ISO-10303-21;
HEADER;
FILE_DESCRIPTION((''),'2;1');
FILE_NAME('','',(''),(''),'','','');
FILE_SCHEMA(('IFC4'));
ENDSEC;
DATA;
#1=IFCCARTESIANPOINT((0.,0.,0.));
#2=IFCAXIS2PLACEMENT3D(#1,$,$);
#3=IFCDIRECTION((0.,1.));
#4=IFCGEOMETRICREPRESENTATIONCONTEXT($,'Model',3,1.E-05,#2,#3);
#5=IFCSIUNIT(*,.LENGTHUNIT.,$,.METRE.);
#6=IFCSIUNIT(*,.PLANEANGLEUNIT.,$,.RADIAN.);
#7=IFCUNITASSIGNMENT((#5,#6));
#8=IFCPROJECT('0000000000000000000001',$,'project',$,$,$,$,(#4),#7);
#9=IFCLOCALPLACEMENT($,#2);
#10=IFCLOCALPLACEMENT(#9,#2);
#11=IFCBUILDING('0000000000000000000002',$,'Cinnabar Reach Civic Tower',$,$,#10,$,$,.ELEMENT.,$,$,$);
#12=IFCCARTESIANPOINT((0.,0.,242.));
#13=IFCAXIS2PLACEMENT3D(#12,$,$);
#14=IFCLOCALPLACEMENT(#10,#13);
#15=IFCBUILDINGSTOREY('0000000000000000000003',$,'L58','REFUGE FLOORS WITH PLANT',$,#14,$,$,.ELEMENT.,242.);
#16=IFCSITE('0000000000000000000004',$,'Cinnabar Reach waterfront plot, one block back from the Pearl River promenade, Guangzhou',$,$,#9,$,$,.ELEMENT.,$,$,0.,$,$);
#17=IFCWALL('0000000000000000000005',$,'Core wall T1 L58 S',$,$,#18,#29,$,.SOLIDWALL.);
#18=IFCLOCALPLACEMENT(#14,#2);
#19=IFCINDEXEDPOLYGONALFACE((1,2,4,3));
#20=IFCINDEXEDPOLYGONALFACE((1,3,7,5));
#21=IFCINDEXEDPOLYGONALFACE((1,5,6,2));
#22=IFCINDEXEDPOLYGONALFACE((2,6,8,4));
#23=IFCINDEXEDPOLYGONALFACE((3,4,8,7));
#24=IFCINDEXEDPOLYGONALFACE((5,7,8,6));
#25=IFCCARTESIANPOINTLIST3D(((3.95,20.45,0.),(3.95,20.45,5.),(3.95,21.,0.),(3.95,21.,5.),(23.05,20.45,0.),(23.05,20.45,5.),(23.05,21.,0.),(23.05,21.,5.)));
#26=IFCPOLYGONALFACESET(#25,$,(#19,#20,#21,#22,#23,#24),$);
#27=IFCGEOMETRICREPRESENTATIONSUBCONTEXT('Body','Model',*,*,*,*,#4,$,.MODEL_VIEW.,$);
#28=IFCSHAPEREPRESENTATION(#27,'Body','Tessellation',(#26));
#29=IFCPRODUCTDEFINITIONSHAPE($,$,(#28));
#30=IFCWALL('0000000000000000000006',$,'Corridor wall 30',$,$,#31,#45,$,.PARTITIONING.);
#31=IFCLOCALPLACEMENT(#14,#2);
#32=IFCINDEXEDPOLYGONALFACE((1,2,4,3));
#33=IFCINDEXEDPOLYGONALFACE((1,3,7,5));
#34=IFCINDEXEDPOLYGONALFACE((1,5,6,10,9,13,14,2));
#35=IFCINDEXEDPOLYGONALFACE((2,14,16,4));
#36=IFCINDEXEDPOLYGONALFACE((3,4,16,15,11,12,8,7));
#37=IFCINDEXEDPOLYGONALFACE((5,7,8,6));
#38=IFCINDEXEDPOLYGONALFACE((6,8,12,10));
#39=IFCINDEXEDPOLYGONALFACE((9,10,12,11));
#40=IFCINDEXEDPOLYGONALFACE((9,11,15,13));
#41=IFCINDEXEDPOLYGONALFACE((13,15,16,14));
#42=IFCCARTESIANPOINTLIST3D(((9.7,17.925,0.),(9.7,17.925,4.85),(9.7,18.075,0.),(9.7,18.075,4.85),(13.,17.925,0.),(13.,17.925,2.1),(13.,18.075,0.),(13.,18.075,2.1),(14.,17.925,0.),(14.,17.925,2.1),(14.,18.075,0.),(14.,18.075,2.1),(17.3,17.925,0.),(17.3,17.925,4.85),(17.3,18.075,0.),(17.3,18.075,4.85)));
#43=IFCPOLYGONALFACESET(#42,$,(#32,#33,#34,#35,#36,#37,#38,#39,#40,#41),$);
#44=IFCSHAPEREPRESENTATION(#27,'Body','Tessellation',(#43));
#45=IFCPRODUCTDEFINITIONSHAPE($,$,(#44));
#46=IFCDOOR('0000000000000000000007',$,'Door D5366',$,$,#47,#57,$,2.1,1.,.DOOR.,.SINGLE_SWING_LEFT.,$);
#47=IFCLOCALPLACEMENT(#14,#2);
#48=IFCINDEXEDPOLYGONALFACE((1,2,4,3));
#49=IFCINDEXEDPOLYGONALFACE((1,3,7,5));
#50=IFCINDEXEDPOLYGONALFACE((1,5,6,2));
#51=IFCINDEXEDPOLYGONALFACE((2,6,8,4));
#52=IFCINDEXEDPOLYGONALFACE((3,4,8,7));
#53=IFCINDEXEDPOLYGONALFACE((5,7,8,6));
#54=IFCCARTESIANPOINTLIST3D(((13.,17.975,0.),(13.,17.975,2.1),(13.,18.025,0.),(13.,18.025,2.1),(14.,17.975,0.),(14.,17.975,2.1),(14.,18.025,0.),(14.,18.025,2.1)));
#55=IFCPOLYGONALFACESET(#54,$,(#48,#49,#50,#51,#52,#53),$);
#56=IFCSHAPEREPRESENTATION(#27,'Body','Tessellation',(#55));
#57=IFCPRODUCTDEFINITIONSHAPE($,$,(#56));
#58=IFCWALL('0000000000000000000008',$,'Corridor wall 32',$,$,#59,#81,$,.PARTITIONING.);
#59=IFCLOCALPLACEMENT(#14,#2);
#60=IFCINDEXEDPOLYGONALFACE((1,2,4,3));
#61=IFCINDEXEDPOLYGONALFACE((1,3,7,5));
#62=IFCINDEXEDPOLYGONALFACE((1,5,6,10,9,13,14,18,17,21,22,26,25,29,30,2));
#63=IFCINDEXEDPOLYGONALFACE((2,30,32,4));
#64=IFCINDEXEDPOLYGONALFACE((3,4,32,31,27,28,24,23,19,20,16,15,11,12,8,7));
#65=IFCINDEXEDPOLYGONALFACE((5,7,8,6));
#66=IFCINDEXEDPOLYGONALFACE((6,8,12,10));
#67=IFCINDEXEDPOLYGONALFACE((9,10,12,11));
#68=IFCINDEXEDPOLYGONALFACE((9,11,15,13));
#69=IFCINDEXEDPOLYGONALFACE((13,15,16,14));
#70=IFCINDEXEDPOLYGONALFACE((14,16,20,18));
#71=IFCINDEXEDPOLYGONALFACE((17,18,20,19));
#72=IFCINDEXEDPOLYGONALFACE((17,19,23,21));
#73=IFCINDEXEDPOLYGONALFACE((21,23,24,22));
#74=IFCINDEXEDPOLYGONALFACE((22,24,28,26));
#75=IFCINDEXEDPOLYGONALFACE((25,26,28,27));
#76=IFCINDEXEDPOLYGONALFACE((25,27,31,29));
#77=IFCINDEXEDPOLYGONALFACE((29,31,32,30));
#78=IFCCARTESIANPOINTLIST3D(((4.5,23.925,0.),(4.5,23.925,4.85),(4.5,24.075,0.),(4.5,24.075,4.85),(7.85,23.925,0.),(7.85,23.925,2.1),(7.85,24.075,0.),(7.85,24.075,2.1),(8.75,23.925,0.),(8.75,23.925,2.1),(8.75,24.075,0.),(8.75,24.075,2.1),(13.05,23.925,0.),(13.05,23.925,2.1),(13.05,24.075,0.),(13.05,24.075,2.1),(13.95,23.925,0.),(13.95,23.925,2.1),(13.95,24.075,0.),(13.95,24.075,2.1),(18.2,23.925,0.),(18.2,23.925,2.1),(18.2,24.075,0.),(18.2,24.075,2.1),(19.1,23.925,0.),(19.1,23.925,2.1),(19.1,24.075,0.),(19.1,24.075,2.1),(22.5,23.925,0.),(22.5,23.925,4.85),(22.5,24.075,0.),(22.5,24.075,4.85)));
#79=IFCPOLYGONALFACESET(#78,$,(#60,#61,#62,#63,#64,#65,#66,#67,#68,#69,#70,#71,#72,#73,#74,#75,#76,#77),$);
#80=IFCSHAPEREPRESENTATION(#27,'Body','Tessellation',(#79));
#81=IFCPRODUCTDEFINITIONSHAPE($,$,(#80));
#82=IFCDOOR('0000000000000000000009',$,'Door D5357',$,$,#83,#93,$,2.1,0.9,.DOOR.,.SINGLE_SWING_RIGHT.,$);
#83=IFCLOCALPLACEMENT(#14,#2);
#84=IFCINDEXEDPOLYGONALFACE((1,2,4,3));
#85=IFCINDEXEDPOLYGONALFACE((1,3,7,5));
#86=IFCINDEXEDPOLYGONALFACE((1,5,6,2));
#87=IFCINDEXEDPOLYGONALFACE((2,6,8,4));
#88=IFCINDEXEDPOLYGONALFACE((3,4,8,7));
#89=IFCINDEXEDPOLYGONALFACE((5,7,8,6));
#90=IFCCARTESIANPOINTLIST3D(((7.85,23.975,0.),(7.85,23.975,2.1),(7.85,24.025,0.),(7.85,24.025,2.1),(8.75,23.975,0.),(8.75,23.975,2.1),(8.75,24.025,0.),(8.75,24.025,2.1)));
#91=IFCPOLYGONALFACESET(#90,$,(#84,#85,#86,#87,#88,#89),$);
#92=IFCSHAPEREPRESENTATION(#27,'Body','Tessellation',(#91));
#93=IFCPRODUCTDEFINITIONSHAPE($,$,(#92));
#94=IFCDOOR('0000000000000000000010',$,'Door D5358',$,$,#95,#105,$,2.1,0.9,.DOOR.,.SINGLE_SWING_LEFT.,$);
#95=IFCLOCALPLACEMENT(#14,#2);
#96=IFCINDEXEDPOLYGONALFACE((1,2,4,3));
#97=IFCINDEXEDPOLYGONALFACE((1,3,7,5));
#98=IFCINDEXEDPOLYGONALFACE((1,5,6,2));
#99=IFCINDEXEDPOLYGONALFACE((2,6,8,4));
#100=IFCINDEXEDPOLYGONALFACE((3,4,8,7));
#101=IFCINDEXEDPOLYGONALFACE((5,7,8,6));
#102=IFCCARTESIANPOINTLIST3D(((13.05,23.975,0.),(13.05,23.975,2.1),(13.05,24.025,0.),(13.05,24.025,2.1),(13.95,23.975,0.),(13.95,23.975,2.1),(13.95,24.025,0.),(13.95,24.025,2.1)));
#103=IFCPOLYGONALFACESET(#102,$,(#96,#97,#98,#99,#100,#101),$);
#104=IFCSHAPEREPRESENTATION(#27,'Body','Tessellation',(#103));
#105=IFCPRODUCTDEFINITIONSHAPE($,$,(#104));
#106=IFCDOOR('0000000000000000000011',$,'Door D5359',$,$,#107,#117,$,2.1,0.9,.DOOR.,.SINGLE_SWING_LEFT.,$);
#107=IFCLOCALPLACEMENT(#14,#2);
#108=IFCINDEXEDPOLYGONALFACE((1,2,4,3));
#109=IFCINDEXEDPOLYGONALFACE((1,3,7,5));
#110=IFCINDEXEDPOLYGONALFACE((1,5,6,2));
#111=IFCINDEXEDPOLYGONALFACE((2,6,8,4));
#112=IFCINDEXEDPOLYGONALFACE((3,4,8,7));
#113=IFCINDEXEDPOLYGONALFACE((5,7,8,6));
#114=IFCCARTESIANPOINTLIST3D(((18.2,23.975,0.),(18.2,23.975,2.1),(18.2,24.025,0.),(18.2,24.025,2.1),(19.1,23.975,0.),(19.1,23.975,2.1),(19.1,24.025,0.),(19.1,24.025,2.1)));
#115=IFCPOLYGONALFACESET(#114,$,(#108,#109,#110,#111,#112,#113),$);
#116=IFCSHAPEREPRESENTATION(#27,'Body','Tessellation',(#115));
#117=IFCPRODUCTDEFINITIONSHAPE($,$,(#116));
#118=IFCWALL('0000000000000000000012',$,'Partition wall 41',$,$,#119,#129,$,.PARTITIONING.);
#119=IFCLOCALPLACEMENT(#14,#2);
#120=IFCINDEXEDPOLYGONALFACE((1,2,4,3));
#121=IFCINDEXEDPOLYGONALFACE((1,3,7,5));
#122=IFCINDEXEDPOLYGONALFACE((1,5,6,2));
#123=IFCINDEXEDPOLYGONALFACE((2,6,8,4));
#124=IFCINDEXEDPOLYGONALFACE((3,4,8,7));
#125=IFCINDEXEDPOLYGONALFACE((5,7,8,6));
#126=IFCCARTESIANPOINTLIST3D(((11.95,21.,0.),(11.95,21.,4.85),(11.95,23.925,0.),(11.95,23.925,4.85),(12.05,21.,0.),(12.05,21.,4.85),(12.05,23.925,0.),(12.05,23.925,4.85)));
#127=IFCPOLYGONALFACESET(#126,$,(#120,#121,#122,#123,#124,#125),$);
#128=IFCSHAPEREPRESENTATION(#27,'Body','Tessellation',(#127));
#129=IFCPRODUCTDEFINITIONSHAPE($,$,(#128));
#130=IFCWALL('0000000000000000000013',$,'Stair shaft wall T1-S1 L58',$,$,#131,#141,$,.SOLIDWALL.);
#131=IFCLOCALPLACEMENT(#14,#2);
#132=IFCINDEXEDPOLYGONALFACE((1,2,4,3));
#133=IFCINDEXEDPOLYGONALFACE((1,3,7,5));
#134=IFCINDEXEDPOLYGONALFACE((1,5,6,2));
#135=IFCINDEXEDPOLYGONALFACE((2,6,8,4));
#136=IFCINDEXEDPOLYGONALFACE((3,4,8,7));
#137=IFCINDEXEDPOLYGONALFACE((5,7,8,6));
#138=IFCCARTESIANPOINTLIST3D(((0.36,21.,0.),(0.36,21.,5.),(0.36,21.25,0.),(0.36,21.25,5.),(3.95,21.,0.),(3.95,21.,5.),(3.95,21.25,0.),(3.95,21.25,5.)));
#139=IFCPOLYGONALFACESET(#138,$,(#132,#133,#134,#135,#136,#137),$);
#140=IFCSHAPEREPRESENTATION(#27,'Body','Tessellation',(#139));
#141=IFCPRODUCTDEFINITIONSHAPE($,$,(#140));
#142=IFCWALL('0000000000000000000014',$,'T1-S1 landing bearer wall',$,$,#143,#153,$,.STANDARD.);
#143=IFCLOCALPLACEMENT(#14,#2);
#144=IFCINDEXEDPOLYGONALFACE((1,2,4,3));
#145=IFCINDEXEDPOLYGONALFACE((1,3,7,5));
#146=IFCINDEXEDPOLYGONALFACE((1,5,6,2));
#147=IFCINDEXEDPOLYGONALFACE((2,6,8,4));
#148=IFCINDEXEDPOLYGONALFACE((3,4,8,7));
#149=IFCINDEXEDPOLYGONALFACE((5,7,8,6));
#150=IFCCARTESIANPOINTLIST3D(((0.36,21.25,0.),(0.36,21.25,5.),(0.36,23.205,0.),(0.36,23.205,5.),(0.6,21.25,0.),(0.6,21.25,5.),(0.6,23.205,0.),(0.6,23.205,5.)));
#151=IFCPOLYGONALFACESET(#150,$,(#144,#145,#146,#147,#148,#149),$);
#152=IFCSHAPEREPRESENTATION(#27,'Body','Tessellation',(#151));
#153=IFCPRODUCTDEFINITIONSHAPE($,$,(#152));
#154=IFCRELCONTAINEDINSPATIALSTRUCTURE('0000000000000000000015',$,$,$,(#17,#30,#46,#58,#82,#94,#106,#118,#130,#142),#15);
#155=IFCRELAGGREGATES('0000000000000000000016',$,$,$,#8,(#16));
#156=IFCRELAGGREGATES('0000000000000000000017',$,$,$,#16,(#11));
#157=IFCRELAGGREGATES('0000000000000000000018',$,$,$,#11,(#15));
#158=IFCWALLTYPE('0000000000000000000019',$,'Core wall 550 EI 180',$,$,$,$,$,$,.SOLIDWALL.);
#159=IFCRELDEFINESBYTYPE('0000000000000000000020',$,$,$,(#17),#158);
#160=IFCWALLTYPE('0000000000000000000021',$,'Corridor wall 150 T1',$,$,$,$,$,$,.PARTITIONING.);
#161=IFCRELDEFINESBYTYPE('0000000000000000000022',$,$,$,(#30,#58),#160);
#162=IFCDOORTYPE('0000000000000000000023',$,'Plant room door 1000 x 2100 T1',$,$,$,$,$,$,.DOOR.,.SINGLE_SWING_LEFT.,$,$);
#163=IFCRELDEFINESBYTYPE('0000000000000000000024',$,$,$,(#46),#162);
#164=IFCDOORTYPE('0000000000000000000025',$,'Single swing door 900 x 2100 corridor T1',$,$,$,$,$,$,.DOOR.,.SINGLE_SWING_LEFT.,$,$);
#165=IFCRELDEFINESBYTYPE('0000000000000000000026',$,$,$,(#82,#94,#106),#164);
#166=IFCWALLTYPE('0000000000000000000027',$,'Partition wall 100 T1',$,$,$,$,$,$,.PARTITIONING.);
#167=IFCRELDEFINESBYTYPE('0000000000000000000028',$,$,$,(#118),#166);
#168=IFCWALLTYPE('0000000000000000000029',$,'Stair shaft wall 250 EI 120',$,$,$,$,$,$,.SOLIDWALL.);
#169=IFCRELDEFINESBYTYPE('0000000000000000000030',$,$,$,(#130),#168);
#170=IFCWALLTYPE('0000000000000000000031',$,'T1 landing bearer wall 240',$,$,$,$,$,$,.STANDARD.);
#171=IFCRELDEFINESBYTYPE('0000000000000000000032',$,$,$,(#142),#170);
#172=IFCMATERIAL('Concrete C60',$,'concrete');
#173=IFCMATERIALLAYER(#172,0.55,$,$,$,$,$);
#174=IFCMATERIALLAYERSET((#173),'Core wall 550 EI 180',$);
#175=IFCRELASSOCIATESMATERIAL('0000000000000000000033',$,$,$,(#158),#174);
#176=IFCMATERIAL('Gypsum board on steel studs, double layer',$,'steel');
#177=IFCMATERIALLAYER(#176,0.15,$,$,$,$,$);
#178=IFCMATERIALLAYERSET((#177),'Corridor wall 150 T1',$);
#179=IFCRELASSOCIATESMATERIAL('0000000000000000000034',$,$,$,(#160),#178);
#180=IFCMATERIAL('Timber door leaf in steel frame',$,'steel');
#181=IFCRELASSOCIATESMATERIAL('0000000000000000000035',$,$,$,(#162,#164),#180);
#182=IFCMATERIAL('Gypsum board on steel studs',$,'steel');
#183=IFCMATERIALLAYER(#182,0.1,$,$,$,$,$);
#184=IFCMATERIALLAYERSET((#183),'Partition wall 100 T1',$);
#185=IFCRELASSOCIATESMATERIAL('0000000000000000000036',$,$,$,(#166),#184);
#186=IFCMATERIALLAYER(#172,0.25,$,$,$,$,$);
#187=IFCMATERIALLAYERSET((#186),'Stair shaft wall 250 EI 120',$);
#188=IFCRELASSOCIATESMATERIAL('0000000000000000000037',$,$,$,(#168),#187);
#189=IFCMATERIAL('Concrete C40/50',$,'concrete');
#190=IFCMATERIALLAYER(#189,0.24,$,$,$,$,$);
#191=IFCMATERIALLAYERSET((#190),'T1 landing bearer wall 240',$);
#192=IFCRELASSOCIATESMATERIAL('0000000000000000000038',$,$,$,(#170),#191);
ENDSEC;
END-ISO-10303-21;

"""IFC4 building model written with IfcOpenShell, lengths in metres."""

from ifc_helpers import new_model, si_unit, direction, frame, frame_2d, origin, place, context, subcontext, project, spatial, rectangle, extrude, material, layer, layer_set, type_object, element, fill, save


model = new_model("IFC4")

# Units and contexts
model_context = context("Model", 3, precision=1e-05, world=origin(), true_north=direction((0.0, 1.0)))
body_context = subcontext(model_context, "Body", "Model", "MODEL_VIEW")
ifc_project = project(units=[si_unit("LENGTHUNIT", "METRE"), si_unit("PLANEANGLEUNIT", "RADIAN")], contexts=[model_context])

# Site, building, storey
site_placement = place(None, origin())
site = spatial("IfcSite", under=ifc_project, at=site_placement, Name="Cinnabar Reach waterfront plot, one block back from the Pearl River promenade, Guangzhou", CompositionType="ELEMENT", RefElevation=0.0)
building_placement = place(site_placement, origin())
building = spatial("IfcBuilding", under=site, at=building_placement, Name="Cinnabar Reach Civic Tower", CompositionType="ELEMENT")
storey_placement = place(building_placement, frame((0.0, 0.0, 242.0)))
storey = spatial("IfcBuildingStorey", under=building, at=storey_placement, Name="L58", Description="REFUGE FLOORS WITH PLANT", CompositionType="ELEMENT", Elevation=242.0)

# Wall
ifc_material_1 = material(Name="Concrete C60", Category="concrete")
ifc_layer_1 = layer(ifc_material_1, 0.55)
ifc_layer_set_1 = layer_set([ifc_layer_1], Name="Core wall 550 EI 180")
wall_type_1 = type_object("IfcWallType", Name="Core wall 550 EI 180", PredefinedType="SOLIDWALL", material=ifc_layer_set_1)
wall_1_placement = place(storey_placement, frame((3.95, 20.725, 0.0), z_axis=(0.0, 0.0, 1.0), x_axis=(1.0, 0.0, 0.0)))
element("IfcWall", 1, at=wall_1_placement, inside=storey, type_object=wall_type_1, Name="Core wall T1 L58 S", PredefinedType="SOLIDWALL", context=body_context, shape_type="SweptSolid", body=[
    extrude(rectangle(XDim=19.1, YDim=0.55, at=frame_2d((9.55, 0.0))), origin(), (0.0, 0.0, 1.0), 5.0),
])

# Wall, opening, door
ifc_material_2 = material(Name="Gypsum board on steel studs, double layer", Category="steel")
ifc_layer_2 = layer(ifc_material_2, 0.15)
ifc_layer_set_2 = layer_set([ifc_layer_2], Name="Corridor wall 150 T1")
wall_type_2 = type_object("IfcWallType", Name="Corridor wall 150 T1", PredefinedType="PARTITIONING", material=ifc_layer_set_2)
wall_2_placement = place(storey_placement, frame((9.7, 18.0, 0.0), z_axis=(0.0, 0.0, 1.0), x_axis=(1.0, 0.0, 0.0)))
wall_2 = element("IfcWall", 2, at=wall_2_placement, inside=storey, type_object=wall_type_2, Name="Corridor wall 30", PredefinedType="PARTITIONING", context=body_context, shape_type="SweptSolid", body=[
    extrude(rectangle(XDim=7.6, YDim=0.15, at=frame_2d((3.8, 0.0))), origin(), (0.0, 0.0, 1.0), 4.85),
])
opening_1_placement = place(wall_2_placement, frame((3.3, 0.0, 0.0)))
opening_1 = element("IfcOpeningElement", 3, at=opening_1_placement, cuts=wall_2, PredefinedType="OPENING", context=body_context, shape_type="SweptSolid", body=[
    extrude(rectangle(XDim=1.0, YDim=2.1, at=frame_2d((0.5, 1.05))), frame((0.0, 0.085, 0.0), z_axis=(0.0, -1.0, 0.0), x_axis=(1.0, 0.0, 0.0)), (0.0, 0.0, 1.0), 0.17),
])
ifc_material_3 = material(Name="Timber door leaf in steel frame", Category="steel")
door_type_1 = type_object("IfcDoorType", Name="Plant room door 1000 x 2100 T1", OperationType="SINGLE_SWING_LEFT", PredefinedType="DOOR", material=ifc_material_3)
door_1_placement = place(opening_1_placement, frame((1.0, 0.0, 0.0), z_axis=(0.0, 0.0, 1.0), x_axis=(-1.0, 0.0, 0.0)))
door_1 = element("IfcDoor", 4, at=door_1_placement, inside=storey, type_object=door_type_1, Name="Door D5366", OperationType="SINGLE_SWING_LEFT", OverallHeight=2.1, OverallWidth=1.0, PredefinedType="DOOR", context=body_context, shape_type="SweptSolid", body=[
    extrude(rectangle(XDim=1.0, YDim=2.1, at=frame_2d((0.5, 1.05))), frame((0.0, 0.025, 0.0), z_axis=(0.0, -1.0, 0.0), x_axis=(1.0, 0.0, 0.0)), (0.0, 0.0, 1.0), 0.05),
])
fill(opening_1, door_1)

# Wall, openings, doors
wall_3_placement = place(storey_placement, frame((4.5, 24.0, 0.0), z_axis=(0.0, 0.0, 1.0), x_axis=(1.0, 0.0, 0.0)))
wall_3 = element("IfcWall", 5, at=wall_3_placement, inside=storey, type_object=wall_type_2, Name="Corridor wall 32", PredefinedType="PARTITIONING", context=body_context, shape_type="SweptSolid", body=[
    extrude(rectangle(XDim=18.0, YDim=0.15, at=frame_2d((9.0, 0.0))), origin(), (0.0, 0.0, 1.0), 4.85),
])
opening_2_placement = place(wall_3_placement, frame((3.35, 0.0, 0.0)))
opening_2 = element("IfcOpeningElement", 6, at=opening_2_placement, cuts=wall_3, PredefinedType="OPENING", context=body_context, shape_type="SweptSolid", body=[
    extrude(rectangle(XDim=0.9, YDim=2.1, at=frame_2d((0.45, 1.05))), frame((0.0, 0.085, 0.0), z_axis=(0.0, -1.0, 0.0), x_axis=(1.0, 0.0, 0.0)), (0.0, 0.0, 1.0), 0.17),
])
opening_3_placement = place(wall_3_placement, frame((8.55, 0.0, 0.0)))
opening_3 = element("IfcOpeningElement", 7, at=opening_3_placement, cuts=wall_3, PredefinedType="OPENING", context=body_context, shape_type="SweptSolid", body=[
    extrude(rectangle(XDim=0.9, YDim=2.1, at=frame_2d((0.45, 1.05))), frame((0.0, 0.085, 0.0), z_axis=(0.0, -1.0, 0.0), x_axis=(1.0, 0.0, 0.0)), (0.0, 0.0, 1.0), 0.17),
])
opening_4_placement = place(wall_3_placement, frame((13.7, 0.0, 0.0)))
opening_4 = element("IfcOpeningElement", 8, at=opening_4_placement, cuts=wall_3, PredefinedType="OPENING", context=body_context, shape_type="SweptSolid", body=[
    extrude(rectangle(XDim=0.9, YDim=2.1, at=frame_2d((0.45, 1.05))), frame((0.0, 0.085, 0.0), z_axis=(0.0, -1.0, 0.0), x_axis=(1.0, 0.0, 0.0)), (0.0, 0.0, 1.0), 0.17),
])
door_type_2 = type_object("IfcDoorType", Name="Single swing door 900 x 2100 corridor T1", OperationType="SINGLE_SWING_LEFT", PredefinedType="DOOR", material=ifc_material_3)
door_2_placement = place(opening_2_placement, frame((0.9, 0.0, 0.0), z_axis=(0.0, 0.0, 1.0), x_axis=(-1.0, 0.0, 0.0)))
door_2 = element("IfcDoor", 9, at=door_2_placement, inside=storey, type_object=door_type_2, Name="Door D5357", OperationType="SINGLE_SWING_RIGHT", OverallHeight=2.1, OverallWidth=0.9, PredefinedType="DOOR", context=body_context, shape_type="SweptSolid", body=[
    extrude(rectangle(XDim=0.9, YDim=2.1, at=frame_2d((0.45, 1.05))), frame((0.0, 0.025, 0.0), z_axis=(0.0, -1.0, 0.0), x_axis=(1.0, 0.0, 0.0)), (0.0, 0.0, 1.0), 0.05),
])
fill(opening_2, door_2)
door_3_placement = place(opening_3_placement, frame((0.9, 0.0, 0.0), z_axis=(0.0, 0.0, 1.0), x_axis=(-1.0, 0.0, 0.0)))
door_3 = element("IfcDoor", 10, at=door_3_placement, inside=storey, type_object=door_type_2, Name="Door D5358", OperationType="SINGLE_SWING_LEFT", OverallHeight=2.1, OverallWidth=0.9, PredefinedType="DOOR", context=body_context, shape_type="SweptSolid", body=[
    extrude(rectangle(XDim=0.9, YDim=2.1, at=frame_2d((0.45, 1.05))), frame((0.0, 0.025, 0.0), z_axis=(0.0, -1.0, 0.0), x_axis=(1.0, 0.0, 0.0)), (0.0, 0.0, 1.0), 0.05),
])
fill(opening_3, door_3)
door_4_placement = place(opening_4_placement, frame((0.9, 0.0, 0.0), z_axis=(0.0, 0.0, 1.0), x_axis=(-1.0, 0.0, 0.0)))
door_4 = element("IfcDoor", 11, at=door_4_placement, inside=storey, type_object=door_type_2, Name="Door D5359", OperationType="SINGLE_SWING_LEFT", OverallHeight=2.1, OverallWidth=0.9, PredefinedType="DOOR", context=body_context, shape_type="SweptSolid", body=[
    extrude(rectangle(XDim=0.9, YDim=2.1, at=frame_2d((0.45, 1.05))), frame((0.0, 0.025, 0.0), z_axis=(0.0, -1.0, 0.0), x_axis=(1.0, 0.0, 0.0)), (0.0, 0.0, 1.0), 0.05),
])
fill(opening_4, door_4)

# Walls
ifc_material_4 = material(Name="Gypsum board on steel studs", Category="steel")
ifc_layer_3 = layer(ifc_material_4, 0.1)
ifc_layer_set_3 = layer_set([ifc_layer_3], Name="Partition wall 100 T1")
wall_type_3 = type_object("IfcWallType", Name="Partition wall 100 T1", PredefinedType="PARTITIONING", material=ifc_layer_set_3)
wall_4_placement = place(storey_placement, frame((12.0, 21.0, 0.0), z_axis=(0.0, 0.0, 1.0), x_axis=(0.0, 1.0, 0.0)))
element("IfcWall", 12, at=wall_4_placement, inside=storey, type_object=wall_type_3, Name="Partition wall 41", PredefinedType="PARTITIONING", context=body_context, shape_type="SweptSolid", body=[
    extrude(rectangle(XDim=2.925, YDim=0.1, at=frame_2d((1.4625, 0.0))), origin(), (0.0, 0.0, 1.0), 4.85),
])
ifc_layer_4 = layer(ifc_material_1, 0.25)
ifc_layer_set_4 = layer_set([ifc_layer_4], Name="Stair shaft wall 250 EI 120")
wall_type_4 = type_object("IfcWallType", Name="Stair shaft wall 250 EI 120", PredefinedType="SOLIDWALL", material=ifc_layer_set_4)
wall_5_placement = place(storey_placement, frame((0.36, 21.125, 0.0), z_axis=(0.0, 0.0, 1.0), x_axis=(1.0, 0.0, 0.0)))
element("IfcWall", 13, at=wall_5_placement, inside=storey, type_object=wall_type_4, Name="Stair shaft wall T1-S1 L58", PredefinedType="SOLIDWALL", context=body_context, shape_type="SweptSolid", body=[
    extrude(rectangle(XDim=3.59, YDim=0.25, at=frame_2d((1.795, 0.0))), origin(), (0.0, 0.0, 1.0), 5.0),
])
ifc_material_5 = material(Name="Concrete C40/50", Category="concrete")
ifc_layer_5 = layer(ifc_material_5, 0.24)
ifc_layer_set_5 = layer_set([ifc_layer_5], Name="T1 landing bearer wall 240")
wall_type_5 = type_object("IfcWallType", Name="T1 landing bearer wall 240", PredefinedType="STANDARD", material=ifc_layer_set_5)
wall_6_placement = place(storey_placement, frame((0.48, 21.25, 0.0), z_axis=(0.0, 0.0, 1.0), x_axis=(0.0, 1.0, 0.0)))
element("IfcWall", 14, at=wall_6_placement, inside=storey, type_object=wall_type_5, Name="T1-S1 landing bearer wall", PredefinedType="STANDARD", context=body_context, shape_type="SweptSolid", body=[
    extrude(rectangle(XDim=1.955, YDim=0.24, at=frame_2d((0.9775, 0.0))), origin(), (0.0, 0.0, 1.0), 5.0),
])

save(model, "model.ifc")
